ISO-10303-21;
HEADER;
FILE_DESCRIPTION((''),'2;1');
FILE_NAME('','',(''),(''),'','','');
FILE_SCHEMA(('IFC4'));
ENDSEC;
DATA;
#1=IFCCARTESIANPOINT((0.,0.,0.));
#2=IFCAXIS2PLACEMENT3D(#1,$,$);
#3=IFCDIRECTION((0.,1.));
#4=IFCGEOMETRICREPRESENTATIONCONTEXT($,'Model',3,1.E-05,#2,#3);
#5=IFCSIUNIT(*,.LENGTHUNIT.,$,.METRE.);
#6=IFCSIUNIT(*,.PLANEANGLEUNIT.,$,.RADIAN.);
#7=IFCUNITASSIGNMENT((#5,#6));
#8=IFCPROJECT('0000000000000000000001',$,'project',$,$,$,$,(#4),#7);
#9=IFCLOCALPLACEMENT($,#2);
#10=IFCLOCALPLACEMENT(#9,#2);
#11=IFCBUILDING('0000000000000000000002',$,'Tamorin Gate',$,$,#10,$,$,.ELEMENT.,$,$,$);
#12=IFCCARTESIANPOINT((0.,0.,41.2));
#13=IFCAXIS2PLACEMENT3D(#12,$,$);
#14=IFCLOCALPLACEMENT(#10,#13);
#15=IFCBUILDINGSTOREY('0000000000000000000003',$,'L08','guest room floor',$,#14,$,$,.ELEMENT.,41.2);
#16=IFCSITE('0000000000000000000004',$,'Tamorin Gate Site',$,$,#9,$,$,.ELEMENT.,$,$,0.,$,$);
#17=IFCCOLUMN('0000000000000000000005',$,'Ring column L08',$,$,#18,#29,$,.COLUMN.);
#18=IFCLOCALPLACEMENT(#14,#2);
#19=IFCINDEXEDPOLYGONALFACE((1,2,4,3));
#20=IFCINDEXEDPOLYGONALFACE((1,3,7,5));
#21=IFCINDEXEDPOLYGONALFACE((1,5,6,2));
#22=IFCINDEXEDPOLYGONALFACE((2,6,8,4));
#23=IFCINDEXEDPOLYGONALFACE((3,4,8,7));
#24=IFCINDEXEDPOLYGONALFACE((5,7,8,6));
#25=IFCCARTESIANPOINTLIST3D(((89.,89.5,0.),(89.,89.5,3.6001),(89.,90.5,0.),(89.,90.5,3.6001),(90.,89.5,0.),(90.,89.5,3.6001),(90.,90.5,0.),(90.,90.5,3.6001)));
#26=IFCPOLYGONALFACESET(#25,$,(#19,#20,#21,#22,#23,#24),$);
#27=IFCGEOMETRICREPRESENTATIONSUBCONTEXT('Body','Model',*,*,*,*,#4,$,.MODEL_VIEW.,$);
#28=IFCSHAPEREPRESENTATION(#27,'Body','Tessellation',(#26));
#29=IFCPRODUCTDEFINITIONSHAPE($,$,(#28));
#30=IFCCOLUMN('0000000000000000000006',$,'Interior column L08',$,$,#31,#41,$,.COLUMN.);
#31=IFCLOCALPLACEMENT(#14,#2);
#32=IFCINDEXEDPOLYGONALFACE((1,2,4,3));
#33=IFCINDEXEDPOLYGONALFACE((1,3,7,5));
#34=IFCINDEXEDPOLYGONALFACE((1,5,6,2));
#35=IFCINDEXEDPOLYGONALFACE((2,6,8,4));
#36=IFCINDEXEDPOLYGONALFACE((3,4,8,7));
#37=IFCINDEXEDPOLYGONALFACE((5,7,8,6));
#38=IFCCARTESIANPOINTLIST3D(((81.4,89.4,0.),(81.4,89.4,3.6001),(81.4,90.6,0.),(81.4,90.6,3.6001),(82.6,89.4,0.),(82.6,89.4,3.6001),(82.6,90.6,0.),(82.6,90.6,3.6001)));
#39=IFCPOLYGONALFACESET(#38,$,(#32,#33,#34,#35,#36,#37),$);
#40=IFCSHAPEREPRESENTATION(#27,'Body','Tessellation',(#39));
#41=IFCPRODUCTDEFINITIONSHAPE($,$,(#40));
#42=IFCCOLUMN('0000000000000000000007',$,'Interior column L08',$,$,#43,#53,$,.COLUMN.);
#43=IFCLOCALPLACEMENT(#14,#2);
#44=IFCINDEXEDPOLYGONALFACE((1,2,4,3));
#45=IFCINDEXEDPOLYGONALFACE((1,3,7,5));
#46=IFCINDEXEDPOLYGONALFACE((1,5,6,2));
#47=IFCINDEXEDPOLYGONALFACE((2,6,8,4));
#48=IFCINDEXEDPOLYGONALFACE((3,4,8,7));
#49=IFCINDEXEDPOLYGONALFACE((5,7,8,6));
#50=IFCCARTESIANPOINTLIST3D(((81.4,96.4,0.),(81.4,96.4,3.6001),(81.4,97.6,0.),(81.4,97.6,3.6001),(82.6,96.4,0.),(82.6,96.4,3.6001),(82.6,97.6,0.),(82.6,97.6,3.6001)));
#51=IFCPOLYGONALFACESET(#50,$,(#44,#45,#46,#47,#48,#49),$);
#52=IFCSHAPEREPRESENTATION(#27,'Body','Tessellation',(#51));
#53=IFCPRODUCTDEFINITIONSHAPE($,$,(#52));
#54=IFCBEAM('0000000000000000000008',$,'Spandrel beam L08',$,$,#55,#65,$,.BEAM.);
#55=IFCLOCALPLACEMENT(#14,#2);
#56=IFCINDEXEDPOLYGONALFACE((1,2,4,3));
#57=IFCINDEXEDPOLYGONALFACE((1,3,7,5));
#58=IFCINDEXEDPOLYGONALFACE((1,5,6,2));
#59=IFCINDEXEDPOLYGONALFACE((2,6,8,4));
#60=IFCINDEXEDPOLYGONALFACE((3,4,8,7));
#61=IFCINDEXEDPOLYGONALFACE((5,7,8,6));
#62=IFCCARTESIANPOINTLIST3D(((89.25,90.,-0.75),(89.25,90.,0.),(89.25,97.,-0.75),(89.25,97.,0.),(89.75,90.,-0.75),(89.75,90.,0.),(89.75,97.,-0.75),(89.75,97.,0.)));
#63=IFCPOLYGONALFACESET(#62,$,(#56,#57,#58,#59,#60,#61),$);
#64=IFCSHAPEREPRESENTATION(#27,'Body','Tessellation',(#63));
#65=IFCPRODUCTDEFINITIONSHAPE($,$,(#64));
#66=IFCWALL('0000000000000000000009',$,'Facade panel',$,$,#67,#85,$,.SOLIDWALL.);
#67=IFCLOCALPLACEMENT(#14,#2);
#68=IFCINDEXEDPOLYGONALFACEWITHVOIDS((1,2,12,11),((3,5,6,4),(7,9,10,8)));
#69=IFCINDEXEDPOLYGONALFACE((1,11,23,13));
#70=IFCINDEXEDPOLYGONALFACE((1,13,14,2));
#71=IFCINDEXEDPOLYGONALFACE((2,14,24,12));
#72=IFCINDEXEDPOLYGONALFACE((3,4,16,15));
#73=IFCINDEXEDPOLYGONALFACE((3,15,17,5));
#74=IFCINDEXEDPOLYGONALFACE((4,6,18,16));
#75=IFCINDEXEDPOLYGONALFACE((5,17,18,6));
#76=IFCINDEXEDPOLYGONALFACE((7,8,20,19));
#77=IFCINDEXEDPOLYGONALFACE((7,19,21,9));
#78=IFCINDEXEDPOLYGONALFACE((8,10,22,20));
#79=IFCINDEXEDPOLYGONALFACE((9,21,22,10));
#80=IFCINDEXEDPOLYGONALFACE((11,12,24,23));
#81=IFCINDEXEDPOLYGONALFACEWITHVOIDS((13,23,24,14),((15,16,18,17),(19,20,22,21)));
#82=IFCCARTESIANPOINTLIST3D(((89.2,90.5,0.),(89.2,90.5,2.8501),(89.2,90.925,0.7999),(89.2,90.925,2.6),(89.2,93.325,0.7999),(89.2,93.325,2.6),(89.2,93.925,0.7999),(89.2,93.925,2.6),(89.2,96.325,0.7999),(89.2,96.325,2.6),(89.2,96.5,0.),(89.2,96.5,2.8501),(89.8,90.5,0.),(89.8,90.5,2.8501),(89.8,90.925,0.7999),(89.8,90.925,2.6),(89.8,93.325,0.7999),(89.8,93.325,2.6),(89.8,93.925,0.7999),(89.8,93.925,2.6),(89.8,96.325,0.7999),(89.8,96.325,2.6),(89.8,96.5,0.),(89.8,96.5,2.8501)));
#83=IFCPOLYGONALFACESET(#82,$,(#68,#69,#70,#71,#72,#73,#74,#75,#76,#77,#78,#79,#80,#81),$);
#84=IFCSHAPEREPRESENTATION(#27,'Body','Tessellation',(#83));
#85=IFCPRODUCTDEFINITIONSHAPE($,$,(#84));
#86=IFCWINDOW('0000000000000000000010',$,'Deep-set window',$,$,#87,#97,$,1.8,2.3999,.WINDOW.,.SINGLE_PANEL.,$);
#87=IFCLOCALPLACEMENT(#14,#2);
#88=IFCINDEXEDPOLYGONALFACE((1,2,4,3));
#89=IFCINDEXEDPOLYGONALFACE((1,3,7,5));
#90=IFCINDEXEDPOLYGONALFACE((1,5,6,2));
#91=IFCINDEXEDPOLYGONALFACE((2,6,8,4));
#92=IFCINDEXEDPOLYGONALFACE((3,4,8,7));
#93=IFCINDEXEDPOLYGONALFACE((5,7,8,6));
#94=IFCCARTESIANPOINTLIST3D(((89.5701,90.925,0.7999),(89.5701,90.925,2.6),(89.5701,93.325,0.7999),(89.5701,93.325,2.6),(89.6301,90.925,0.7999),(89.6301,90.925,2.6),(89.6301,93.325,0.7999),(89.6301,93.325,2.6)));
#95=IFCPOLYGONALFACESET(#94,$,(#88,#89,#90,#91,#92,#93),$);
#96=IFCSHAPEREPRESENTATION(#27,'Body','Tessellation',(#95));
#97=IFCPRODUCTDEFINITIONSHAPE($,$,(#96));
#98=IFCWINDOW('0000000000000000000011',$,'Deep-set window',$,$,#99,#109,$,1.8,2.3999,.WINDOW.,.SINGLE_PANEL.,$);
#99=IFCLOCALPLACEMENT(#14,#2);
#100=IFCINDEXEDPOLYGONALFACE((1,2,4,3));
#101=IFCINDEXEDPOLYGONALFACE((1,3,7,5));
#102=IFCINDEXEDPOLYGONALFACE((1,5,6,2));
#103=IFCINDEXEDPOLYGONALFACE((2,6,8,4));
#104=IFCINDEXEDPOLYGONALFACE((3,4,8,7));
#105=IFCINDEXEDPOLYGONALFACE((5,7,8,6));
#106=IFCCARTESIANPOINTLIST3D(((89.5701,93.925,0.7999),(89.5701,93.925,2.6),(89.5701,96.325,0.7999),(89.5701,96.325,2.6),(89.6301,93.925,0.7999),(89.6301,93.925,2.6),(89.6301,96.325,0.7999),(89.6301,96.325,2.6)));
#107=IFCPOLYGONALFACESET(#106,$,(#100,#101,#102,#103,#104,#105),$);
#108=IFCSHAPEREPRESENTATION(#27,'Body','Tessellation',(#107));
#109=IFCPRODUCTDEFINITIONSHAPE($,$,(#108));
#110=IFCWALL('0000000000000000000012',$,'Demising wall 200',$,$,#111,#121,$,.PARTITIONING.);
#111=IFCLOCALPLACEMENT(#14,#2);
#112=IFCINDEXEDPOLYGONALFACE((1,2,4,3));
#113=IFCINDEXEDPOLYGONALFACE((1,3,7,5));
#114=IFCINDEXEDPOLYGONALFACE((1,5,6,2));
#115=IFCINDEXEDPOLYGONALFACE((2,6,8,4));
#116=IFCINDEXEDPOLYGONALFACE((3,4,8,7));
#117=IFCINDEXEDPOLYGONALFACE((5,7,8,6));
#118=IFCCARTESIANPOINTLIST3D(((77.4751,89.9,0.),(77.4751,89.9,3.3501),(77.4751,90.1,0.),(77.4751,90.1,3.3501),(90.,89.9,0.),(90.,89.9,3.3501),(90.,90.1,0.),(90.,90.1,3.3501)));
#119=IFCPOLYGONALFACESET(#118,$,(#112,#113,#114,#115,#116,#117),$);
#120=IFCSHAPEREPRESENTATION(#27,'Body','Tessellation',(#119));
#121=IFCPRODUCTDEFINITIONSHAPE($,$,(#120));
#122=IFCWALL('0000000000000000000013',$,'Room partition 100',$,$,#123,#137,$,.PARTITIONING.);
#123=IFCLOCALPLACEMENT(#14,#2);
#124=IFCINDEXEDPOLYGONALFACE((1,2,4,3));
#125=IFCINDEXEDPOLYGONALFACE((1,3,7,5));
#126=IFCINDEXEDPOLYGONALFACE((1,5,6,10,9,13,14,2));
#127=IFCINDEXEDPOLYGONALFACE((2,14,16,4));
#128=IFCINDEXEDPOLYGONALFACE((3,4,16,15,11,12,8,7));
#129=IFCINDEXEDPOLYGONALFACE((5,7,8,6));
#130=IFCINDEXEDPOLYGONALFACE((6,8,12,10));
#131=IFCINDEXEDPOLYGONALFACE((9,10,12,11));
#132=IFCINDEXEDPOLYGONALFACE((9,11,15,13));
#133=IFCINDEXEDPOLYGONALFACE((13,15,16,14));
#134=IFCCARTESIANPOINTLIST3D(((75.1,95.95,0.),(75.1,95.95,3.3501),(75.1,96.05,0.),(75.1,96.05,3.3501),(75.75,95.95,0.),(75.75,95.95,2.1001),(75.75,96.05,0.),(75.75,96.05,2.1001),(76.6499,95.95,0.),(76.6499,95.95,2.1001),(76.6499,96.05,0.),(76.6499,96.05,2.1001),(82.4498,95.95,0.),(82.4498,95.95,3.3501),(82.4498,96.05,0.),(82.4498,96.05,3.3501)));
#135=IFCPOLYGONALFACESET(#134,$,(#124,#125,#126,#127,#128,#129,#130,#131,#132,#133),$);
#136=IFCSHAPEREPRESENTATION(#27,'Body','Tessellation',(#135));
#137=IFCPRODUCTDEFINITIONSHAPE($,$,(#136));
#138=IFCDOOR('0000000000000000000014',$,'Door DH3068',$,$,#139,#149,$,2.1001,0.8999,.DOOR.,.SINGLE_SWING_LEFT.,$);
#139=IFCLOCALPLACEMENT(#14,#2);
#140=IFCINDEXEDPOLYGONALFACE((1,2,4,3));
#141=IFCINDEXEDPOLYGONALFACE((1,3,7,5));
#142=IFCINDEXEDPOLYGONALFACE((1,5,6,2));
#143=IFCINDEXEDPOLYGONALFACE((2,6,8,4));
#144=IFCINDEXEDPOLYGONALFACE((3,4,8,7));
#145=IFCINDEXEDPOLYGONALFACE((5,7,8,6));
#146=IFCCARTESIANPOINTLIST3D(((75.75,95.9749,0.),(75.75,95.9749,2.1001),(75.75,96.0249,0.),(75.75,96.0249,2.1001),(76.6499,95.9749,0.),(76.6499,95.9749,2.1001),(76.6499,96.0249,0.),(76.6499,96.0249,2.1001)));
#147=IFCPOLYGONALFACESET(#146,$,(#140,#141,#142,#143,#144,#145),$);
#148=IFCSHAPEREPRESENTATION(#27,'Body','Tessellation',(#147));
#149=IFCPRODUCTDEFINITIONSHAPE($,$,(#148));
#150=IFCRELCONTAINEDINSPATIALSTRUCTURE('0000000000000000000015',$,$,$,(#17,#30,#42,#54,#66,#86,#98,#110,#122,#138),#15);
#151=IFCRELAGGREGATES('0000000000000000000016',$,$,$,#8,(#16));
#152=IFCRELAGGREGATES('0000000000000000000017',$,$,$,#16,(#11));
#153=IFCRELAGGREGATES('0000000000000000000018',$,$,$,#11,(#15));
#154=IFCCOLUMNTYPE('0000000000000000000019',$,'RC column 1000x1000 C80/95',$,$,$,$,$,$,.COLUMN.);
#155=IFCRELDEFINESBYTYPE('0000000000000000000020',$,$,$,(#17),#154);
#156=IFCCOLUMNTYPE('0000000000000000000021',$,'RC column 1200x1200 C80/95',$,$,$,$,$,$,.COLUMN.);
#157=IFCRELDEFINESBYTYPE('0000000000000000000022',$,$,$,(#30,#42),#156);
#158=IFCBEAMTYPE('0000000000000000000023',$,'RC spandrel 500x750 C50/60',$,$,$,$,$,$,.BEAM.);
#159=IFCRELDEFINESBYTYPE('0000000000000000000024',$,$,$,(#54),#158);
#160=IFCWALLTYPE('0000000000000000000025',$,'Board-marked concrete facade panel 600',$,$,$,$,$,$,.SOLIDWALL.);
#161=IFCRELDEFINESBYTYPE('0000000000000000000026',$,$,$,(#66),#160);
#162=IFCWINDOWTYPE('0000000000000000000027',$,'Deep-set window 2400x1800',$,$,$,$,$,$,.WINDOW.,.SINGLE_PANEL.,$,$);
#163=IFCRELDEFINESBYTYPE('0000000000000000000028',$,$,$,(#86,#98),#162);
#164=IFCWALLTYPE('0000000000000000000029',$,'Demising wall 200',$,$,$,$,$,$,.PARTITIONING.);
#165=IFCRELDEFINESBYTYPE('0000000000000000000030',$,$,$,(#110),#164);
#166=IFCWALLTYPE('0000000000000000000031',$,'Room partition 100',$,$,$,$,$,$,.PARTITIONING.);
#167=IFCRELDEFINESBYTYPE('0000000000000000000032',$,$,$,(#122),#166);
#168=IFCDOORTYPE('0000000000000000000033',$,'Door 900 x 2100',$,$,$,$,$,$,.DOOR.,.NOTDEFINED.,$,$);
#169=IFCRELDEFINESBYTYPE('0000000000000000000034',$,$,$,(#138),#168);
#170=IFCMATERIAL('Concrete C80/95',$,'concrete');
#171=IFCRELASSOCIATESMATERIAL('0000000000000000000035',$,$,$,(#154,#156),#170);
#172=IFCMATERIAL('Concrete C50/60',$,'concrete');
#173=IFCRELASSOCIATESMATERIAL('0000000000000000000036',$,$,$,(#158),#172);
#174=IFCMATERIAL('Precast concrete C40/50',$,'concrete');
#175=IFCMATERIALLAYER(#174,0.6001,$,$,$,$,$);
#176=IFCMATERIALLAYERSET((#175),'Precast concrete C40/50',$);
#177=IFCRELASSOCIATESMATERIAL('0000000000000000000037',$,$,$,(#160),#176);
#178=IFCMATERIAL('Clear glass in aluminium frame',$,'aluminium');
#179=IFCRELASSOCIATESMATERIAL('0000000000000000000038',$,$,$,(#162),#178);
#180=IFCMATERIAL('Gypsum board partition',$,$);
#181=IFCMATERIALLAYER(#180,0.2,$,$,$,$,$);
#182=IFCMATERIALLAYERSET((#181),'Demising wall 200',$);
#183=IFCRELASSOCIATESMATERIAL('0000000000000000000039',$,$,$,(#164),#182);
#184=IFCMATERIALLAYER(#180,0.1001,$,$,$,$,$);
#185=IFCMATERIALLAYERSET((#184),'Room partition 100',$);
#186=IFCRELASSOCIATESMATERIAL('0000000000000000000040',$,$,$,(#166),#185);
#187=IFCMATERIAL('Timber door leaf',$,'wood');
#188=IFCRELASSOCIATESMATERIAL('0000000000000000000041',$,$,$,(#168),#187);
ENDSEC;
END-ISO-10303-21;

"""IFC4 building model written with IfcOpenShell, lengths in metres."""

from ifc_helpers import new_model, si_unit, direction, frame, frame_2d, origin, origin_2d, place, context, subcontext, project, spatial, rectangle, extrude, material, layer, layer_set, material_profile, profile_set, type_object, element, fill, save


model = new_model("IFC4")

# Units and contexts
model_context = context("Model", 3, precision=1e-05, world=origin(), true_north=direction((0.0, 1.0)))
body_context = subcontext(model_context, "Body", "Model", "MODEL_VIEW")
ifc_project = project(units=[si_unit("LENGTHUNIT", "METRE"), si_unit("PLANEANGLEUNIT", "RADIAN")], contexts=[model_context])

# Site, building, storey
site_placement = place(None, origin())
site = spatial("IfcSite", under=ifc_project, at=site_placement, Name="Tamorin Gate Site", CompositionType="ELEMENT", RefElevation=0.0)
building_placement = place(site_placement, origin())
building = spatial("IfcBuilding", under=site, at=building_placement, Name="Tamorin Gate", CompositionType="ELEMENT")
storey_placement = place(building_placement, frame((0.0, 0.0, 41.2)))
storey = spatial("IfcBuildingStorey", under=building, at=storey_placement, Name="L08", Description="guest room floor", CompositionType="ELEMENT", Elevation=41.2)

# Columns
ifc_material_1 = material(Name="Concrete C80/95", Category="concrete")
ifc_material_profile_1 = material_profile(ifc_material_1, rectangle(XDim=1.0, YDim=1.0, at=origin_2d()), Name="RC 1000x1000")
ifc_profile_set_1 = profile_set([ifc_material_profile_1], Name="Concrete C80/95")
column_type_1 = type_object("IfcColumnType", Name="RC column 1000x1000 C80/95", PredefinedType="COLUMN", material=ifc_profile_set_1)
column_placement = place(storey_placement, frame((89.5, 90.0, 0.0), z_axis=(0.0, 0.0, 1.0), x_axis=(1.0, 0.0, 0.0)))
element("IfcColumn", 1, at=column_placement, inside=storey, type_object=column_type_1, Name="Ring column L08", PredefinedType="COLUMN", context=body_context, shape_type="SweptSolid", body=[
    extrude(rectangle(XDim=1.0, YDim=1.0, at=origin_2d()), origin(), (0.0, 0.0, 1.0), 3.6001),
])
ifc_material_profile_2 = material_profile(ifc_material_1, rectangle(XDim=1.2, YDim=1.2, at=origin_2d()), Name="RC 1200x1200")
ifc_profile_set_2 = profile_set([ifc_material_profile_2], Name="Concrete C80/95")
column_type_2 = type_object("IfcColumnType", Name="RC column 1200x1200 C80/95", PredefinedType="COLUMN", material=ifc_profile_set_2)
for number, where, z_axis, x_axis, name in (
    (2, (82.0, 90.0, 0.0), (0.0, 0.0, 1.0), (1.0, 0.0, 0.0), "Interior column L08"),
    (3, (82.0, 97.0, 0.0), (0.0, 0.0, 1.0), (1.0, 0.0, 0.0), "Interior column L08"),
):
    element("IfcColumn", number, at=place(storey_placement, frame(where, z_axis=z_axis, x_axis=x_axis)), inside=storey, type_object=column_type_2, Name=name, PredefinedType="COLUMN", context=body_context, shape_type="SweptSolid", body=[
        extrude(rectangle(XDim=1.2, YDim=1.2, at=origin_2d()), origin(), (0.0, 0.0, 1.0), 3.6001),
    ])

# Beam
ifc_material_2 = material(Name="Concrete C50/60", Category="concrete")
ifc_material_profile_3 = material_profile(ifc_material_2, rectangle(XDim=0.5, YDim=0.75, at=origin_2d()), Name="RC 500x750")
ifc_profile_set_3 = profile_set([ifc_material_profile_3], Name="Concrete C50/60")
beam_type = type_object("IfcBeamType", Name="RC spandrel 500x750 C50/60", PredefinedType="BEAM", material=ifc_profile_set_3)
beam_placement = place(storey_placement, frame((89.5, 90.0, -0.375), z_axis=(0.0, 1.0, 0.0), x_axis=(-1.0, 0.0, 0.0)))
element("IfcBeam", 4, at=beam_placement, inside=storey, type_object=beam_type, Name="Spandrel beam L08", PredefinedType="BEAM", context=body_context, shape_type="SweptSolid", body=[
    extrude(rectangle(XDim=0.5, YDim=0.75, at=origin_2d()), origin(), (0.0, 0.0, 1.0), 7.0),
])

# Wall, openings, windows
ifc_material_3 = material(Name="Precast concrete C40/50", Category="concrete")
ifc_layer_1 = layer(ifc_material_3, 0.6001)
ifc_layer_set_1 = layer_set([ifc_layer_1], Name="Precast concrete C40/50")
wall_type_1 = type_object("IfcWallType", Name="Board-marked concrete facade panel 600", PredefinedType="SOLIDWALL", material=ifc_layer_set_1)
wall_1_placement = place(storey_placement, frame((89.5, 90.5, 0.0), z_axis=(0.0, 0.0, 1.0), x_axis=(0.0, 1.0, 0.0)))
wall_1 = element("IfcWall", 5, at=wall_1_placement, inside=storey, type_object=wall_type_1, Name="Facade panel", PredefinedType="SOLIDWALL", context=body_context, shape_type="SweptSolid", body=[
    extrude(rectangle(XDim=6.0, YDim=0.6001, at=frame_2d((3.0, 0.0))), origin(), (0.0, 0.0, 1.0), 2.8501),
])
opening_1_placement = place(wall_1_placement, frame((0.425, 0.0, 0.8)))
opening_1 = element("IfcOpeningElement", 6, at=opening_1_placement, cuts=wall_1, PredefinedType="OPENING", context=body_context, shape_type="SweptSolid", body=[
    extrude(rectangle(XDim=2.3999, YDim=1.8, at=frame_2d((1.2, 0.8999))), frame((0.0, 0.3101, 0.0), z_axis=(0.0, -1.0, 0.0), x_axis=(1.0, 0.0, 0.0)), (0.0, 0.0, 1.0), 0.6201),
])
opening_2_placement = place(wall_1_placement, frame((3.425, 0.0, 0.8)))
opening_2 = element("IfcOpeningElement", 7, at=opening_2_placement, cuts=wall_1, PredefinedType="OPENING", context=body_context, shape_type="SweptSolid", body=[
    extrude(rectangle(XDim=2.3999, YDim=1.8, at=frame_2d((1.2, 0.8999))), frame((0.0, 0.3101, 0.0), z_axis=(0.0, -1.0, 0.0), x_axis=(1.0, 0.0, 0.0)), (0.0, 0.0, 1.0), 0.6201),
])
ifc_material_4 = material(Name="Clear glass in aluminium frame", Category="aluminium")
window_type = type_object("IfcWindowType", Name="Deep-set window 2400x1800", PartitioningType="SINGLE_PANEL", PredefinedType="WINDOW", material=ifc_material_4)
window_1_placement = place(opening_1_placement, origin())
window_1 = element("IfcWindow", 8, at=window_1_placement, inside=storey, type_object=window_type, Name="Deep-set window", OverallHeight=1.8, OverallWidth=2.3999, PartitioningType="SINGLE_PANEL", PredefinedType="WINDOW", context=body_context, shape_type="SweptSolid", body=[
    extrude(rectangle(XDim=2.3999, YDim=1.8, at=frame_2d((1.2, 0.8999))), frame((0.0, -0.0701, 0.0), z_axis=(0.0, -1.0, 0.0), x_axis=(1.0, 0.0, 0.0)), (0.0, 0.0, 1.0), 0.0601),
])
fill(opening_1, window_1)
window_2_placement = place(opening_2_placement, origin())
window_2 = element("IfcWindow", 9, at=window_2_placement, inside=storey, type_object=window_type, Name="Deep-set window", OverallHeight=1.8, OverallWidth=2.3999, PartitioningType="SINGLE_PANEL", PredefinedType="WINDOW", context=body_context, shape_type="SweptSolid", body=[
    extrude(rectangle(XDim=2.3999, YDim=1.8, at=frame_2d((1.2, 0.8999))), frame((0.0, -0.0701, 0.0), z_axis=(0.0, -1.0, 0.0), x_axis=(1.0, 0.0, 0.0)), (0.0, 0.0, 1.0), 0.0601),
])
fill(opening_2, window_2)

# Wall
ifc_material_5 = material(Name="Gypsum board partition")
ifc_layer_2 = layer(ifc_material_5, 0.2)
ifc_layer_set_2 = layer_set([ifc_layer_2], Name="Demising wall 200")
wall_type_2 = type_object("IfcWallType", Name="Demising wall 200", PredefinedType="PARTITIONING", material=ifc_layer_set_2)
wall_2_placement = place(storey_placement, frame((77.4751, 90.0, 0.0), z_axis=(0.0, 0.0, 1.0), x_axis=(1.0, 0.0, 0.0)))
element("IfcWall", 10, at=wall_2_placement, inside=storey, type_object=wall_type_2, Name="Demising wall 200", PredefinedType="PARTITIONING", context=body_context, shape_type="SweptSolid", body=[
    extrude(rectangle(XDim=12.5249, YDim=0.2, at=frame_2d((6.2625, 0.0))), origin(), (0.0, 0.0, 1.0), 3.3501),
])

# Wall, opening, door
ifc_layer_3 = layer(ifc_material_5, 0.1001)
ifc_layer_set_3 = layer_set([ifc_layer_3], Name="Room partition 100")
wall_type_3 = type_object("IfcWallType", Name="Room partition 100", PredefinedType="PARTITIONING", material=ifc_layer_set_3)
wall_3_placement = place(storey_placement, frame((75.1001, 96.0, 0.0), z_axis=(0.0, 0.0, 1.0), x_axis=(1.0, 0.0, 0.0)))
wall_3 = element("IfcWall", 11, at=wall_3_placement, inside=storey, type_object=wall_type_3, Name="Room partition 100", PredefinedType="PARTITIONING", context=body_context, shape_type="SweptSolid", body=[
    extrude(rectangle(XDim=7.3499, YDim=0.1001, at=frame_2d((3.6748, 0.0))), origin(), (0.0, 0.0, 1.0), 3.3501),
])
opening_3_placement = place(wall_3_placement, frame((0.6499, 0.0, 0.0)))
opening_3 = element("IfcOpeningElement", 12, at=opening_3_placement, cuts=wall_3, PredefinedType="OPENING", context=body_context, shape_type="SweptSolid", body=[
    extrude(rectangle(XDim=0.8999, YDim=2.1001, at=frame_2d((0.45, 1.05))), frame((0.0, 0.0601, 0.0), z_axis=(0.0, -1.0, 0.0), x_axis=(1.0, 0.0, 0.0)), (0.0, 0.0, 1.0), 0.1201),
])
ifc_material_6 = material(Name="Timber door leaf", Category="wood")
door_type = type_object("IfcDoorType", Name="Door 900 x 2100", OperationType="NOTDEFINED", PredefinedType="DOOR", material=ifc_material_6)
door_1_placement = place(opening_3_placement, origin())
door_1 = element("IfcDoor", 13, at=door_1_placement, inside=storey, type_object=door_type, Name="Door DH3068", OperationType="SINGLE_SWING_LEFT", OverallHeight=2.1001, OverallWidth=0.8999, PredefinedType="DOOR", context=body_context, shape_type="SweptSolid", body=[
    extrude(rectangle(XDim=0.8999, YDim=2.1001, at=frame_2d((0.45, 1.05))), frame((0.0, 0.0249, 0.0), z_axis=(0.0, -1.0, 0.0), x_axis=(1.0, 0.0, 0.0)), (0.0, 0.0, 1.0), 0.05),
])
fill(opening_3, door_1)

save(model, "model.ifc")
